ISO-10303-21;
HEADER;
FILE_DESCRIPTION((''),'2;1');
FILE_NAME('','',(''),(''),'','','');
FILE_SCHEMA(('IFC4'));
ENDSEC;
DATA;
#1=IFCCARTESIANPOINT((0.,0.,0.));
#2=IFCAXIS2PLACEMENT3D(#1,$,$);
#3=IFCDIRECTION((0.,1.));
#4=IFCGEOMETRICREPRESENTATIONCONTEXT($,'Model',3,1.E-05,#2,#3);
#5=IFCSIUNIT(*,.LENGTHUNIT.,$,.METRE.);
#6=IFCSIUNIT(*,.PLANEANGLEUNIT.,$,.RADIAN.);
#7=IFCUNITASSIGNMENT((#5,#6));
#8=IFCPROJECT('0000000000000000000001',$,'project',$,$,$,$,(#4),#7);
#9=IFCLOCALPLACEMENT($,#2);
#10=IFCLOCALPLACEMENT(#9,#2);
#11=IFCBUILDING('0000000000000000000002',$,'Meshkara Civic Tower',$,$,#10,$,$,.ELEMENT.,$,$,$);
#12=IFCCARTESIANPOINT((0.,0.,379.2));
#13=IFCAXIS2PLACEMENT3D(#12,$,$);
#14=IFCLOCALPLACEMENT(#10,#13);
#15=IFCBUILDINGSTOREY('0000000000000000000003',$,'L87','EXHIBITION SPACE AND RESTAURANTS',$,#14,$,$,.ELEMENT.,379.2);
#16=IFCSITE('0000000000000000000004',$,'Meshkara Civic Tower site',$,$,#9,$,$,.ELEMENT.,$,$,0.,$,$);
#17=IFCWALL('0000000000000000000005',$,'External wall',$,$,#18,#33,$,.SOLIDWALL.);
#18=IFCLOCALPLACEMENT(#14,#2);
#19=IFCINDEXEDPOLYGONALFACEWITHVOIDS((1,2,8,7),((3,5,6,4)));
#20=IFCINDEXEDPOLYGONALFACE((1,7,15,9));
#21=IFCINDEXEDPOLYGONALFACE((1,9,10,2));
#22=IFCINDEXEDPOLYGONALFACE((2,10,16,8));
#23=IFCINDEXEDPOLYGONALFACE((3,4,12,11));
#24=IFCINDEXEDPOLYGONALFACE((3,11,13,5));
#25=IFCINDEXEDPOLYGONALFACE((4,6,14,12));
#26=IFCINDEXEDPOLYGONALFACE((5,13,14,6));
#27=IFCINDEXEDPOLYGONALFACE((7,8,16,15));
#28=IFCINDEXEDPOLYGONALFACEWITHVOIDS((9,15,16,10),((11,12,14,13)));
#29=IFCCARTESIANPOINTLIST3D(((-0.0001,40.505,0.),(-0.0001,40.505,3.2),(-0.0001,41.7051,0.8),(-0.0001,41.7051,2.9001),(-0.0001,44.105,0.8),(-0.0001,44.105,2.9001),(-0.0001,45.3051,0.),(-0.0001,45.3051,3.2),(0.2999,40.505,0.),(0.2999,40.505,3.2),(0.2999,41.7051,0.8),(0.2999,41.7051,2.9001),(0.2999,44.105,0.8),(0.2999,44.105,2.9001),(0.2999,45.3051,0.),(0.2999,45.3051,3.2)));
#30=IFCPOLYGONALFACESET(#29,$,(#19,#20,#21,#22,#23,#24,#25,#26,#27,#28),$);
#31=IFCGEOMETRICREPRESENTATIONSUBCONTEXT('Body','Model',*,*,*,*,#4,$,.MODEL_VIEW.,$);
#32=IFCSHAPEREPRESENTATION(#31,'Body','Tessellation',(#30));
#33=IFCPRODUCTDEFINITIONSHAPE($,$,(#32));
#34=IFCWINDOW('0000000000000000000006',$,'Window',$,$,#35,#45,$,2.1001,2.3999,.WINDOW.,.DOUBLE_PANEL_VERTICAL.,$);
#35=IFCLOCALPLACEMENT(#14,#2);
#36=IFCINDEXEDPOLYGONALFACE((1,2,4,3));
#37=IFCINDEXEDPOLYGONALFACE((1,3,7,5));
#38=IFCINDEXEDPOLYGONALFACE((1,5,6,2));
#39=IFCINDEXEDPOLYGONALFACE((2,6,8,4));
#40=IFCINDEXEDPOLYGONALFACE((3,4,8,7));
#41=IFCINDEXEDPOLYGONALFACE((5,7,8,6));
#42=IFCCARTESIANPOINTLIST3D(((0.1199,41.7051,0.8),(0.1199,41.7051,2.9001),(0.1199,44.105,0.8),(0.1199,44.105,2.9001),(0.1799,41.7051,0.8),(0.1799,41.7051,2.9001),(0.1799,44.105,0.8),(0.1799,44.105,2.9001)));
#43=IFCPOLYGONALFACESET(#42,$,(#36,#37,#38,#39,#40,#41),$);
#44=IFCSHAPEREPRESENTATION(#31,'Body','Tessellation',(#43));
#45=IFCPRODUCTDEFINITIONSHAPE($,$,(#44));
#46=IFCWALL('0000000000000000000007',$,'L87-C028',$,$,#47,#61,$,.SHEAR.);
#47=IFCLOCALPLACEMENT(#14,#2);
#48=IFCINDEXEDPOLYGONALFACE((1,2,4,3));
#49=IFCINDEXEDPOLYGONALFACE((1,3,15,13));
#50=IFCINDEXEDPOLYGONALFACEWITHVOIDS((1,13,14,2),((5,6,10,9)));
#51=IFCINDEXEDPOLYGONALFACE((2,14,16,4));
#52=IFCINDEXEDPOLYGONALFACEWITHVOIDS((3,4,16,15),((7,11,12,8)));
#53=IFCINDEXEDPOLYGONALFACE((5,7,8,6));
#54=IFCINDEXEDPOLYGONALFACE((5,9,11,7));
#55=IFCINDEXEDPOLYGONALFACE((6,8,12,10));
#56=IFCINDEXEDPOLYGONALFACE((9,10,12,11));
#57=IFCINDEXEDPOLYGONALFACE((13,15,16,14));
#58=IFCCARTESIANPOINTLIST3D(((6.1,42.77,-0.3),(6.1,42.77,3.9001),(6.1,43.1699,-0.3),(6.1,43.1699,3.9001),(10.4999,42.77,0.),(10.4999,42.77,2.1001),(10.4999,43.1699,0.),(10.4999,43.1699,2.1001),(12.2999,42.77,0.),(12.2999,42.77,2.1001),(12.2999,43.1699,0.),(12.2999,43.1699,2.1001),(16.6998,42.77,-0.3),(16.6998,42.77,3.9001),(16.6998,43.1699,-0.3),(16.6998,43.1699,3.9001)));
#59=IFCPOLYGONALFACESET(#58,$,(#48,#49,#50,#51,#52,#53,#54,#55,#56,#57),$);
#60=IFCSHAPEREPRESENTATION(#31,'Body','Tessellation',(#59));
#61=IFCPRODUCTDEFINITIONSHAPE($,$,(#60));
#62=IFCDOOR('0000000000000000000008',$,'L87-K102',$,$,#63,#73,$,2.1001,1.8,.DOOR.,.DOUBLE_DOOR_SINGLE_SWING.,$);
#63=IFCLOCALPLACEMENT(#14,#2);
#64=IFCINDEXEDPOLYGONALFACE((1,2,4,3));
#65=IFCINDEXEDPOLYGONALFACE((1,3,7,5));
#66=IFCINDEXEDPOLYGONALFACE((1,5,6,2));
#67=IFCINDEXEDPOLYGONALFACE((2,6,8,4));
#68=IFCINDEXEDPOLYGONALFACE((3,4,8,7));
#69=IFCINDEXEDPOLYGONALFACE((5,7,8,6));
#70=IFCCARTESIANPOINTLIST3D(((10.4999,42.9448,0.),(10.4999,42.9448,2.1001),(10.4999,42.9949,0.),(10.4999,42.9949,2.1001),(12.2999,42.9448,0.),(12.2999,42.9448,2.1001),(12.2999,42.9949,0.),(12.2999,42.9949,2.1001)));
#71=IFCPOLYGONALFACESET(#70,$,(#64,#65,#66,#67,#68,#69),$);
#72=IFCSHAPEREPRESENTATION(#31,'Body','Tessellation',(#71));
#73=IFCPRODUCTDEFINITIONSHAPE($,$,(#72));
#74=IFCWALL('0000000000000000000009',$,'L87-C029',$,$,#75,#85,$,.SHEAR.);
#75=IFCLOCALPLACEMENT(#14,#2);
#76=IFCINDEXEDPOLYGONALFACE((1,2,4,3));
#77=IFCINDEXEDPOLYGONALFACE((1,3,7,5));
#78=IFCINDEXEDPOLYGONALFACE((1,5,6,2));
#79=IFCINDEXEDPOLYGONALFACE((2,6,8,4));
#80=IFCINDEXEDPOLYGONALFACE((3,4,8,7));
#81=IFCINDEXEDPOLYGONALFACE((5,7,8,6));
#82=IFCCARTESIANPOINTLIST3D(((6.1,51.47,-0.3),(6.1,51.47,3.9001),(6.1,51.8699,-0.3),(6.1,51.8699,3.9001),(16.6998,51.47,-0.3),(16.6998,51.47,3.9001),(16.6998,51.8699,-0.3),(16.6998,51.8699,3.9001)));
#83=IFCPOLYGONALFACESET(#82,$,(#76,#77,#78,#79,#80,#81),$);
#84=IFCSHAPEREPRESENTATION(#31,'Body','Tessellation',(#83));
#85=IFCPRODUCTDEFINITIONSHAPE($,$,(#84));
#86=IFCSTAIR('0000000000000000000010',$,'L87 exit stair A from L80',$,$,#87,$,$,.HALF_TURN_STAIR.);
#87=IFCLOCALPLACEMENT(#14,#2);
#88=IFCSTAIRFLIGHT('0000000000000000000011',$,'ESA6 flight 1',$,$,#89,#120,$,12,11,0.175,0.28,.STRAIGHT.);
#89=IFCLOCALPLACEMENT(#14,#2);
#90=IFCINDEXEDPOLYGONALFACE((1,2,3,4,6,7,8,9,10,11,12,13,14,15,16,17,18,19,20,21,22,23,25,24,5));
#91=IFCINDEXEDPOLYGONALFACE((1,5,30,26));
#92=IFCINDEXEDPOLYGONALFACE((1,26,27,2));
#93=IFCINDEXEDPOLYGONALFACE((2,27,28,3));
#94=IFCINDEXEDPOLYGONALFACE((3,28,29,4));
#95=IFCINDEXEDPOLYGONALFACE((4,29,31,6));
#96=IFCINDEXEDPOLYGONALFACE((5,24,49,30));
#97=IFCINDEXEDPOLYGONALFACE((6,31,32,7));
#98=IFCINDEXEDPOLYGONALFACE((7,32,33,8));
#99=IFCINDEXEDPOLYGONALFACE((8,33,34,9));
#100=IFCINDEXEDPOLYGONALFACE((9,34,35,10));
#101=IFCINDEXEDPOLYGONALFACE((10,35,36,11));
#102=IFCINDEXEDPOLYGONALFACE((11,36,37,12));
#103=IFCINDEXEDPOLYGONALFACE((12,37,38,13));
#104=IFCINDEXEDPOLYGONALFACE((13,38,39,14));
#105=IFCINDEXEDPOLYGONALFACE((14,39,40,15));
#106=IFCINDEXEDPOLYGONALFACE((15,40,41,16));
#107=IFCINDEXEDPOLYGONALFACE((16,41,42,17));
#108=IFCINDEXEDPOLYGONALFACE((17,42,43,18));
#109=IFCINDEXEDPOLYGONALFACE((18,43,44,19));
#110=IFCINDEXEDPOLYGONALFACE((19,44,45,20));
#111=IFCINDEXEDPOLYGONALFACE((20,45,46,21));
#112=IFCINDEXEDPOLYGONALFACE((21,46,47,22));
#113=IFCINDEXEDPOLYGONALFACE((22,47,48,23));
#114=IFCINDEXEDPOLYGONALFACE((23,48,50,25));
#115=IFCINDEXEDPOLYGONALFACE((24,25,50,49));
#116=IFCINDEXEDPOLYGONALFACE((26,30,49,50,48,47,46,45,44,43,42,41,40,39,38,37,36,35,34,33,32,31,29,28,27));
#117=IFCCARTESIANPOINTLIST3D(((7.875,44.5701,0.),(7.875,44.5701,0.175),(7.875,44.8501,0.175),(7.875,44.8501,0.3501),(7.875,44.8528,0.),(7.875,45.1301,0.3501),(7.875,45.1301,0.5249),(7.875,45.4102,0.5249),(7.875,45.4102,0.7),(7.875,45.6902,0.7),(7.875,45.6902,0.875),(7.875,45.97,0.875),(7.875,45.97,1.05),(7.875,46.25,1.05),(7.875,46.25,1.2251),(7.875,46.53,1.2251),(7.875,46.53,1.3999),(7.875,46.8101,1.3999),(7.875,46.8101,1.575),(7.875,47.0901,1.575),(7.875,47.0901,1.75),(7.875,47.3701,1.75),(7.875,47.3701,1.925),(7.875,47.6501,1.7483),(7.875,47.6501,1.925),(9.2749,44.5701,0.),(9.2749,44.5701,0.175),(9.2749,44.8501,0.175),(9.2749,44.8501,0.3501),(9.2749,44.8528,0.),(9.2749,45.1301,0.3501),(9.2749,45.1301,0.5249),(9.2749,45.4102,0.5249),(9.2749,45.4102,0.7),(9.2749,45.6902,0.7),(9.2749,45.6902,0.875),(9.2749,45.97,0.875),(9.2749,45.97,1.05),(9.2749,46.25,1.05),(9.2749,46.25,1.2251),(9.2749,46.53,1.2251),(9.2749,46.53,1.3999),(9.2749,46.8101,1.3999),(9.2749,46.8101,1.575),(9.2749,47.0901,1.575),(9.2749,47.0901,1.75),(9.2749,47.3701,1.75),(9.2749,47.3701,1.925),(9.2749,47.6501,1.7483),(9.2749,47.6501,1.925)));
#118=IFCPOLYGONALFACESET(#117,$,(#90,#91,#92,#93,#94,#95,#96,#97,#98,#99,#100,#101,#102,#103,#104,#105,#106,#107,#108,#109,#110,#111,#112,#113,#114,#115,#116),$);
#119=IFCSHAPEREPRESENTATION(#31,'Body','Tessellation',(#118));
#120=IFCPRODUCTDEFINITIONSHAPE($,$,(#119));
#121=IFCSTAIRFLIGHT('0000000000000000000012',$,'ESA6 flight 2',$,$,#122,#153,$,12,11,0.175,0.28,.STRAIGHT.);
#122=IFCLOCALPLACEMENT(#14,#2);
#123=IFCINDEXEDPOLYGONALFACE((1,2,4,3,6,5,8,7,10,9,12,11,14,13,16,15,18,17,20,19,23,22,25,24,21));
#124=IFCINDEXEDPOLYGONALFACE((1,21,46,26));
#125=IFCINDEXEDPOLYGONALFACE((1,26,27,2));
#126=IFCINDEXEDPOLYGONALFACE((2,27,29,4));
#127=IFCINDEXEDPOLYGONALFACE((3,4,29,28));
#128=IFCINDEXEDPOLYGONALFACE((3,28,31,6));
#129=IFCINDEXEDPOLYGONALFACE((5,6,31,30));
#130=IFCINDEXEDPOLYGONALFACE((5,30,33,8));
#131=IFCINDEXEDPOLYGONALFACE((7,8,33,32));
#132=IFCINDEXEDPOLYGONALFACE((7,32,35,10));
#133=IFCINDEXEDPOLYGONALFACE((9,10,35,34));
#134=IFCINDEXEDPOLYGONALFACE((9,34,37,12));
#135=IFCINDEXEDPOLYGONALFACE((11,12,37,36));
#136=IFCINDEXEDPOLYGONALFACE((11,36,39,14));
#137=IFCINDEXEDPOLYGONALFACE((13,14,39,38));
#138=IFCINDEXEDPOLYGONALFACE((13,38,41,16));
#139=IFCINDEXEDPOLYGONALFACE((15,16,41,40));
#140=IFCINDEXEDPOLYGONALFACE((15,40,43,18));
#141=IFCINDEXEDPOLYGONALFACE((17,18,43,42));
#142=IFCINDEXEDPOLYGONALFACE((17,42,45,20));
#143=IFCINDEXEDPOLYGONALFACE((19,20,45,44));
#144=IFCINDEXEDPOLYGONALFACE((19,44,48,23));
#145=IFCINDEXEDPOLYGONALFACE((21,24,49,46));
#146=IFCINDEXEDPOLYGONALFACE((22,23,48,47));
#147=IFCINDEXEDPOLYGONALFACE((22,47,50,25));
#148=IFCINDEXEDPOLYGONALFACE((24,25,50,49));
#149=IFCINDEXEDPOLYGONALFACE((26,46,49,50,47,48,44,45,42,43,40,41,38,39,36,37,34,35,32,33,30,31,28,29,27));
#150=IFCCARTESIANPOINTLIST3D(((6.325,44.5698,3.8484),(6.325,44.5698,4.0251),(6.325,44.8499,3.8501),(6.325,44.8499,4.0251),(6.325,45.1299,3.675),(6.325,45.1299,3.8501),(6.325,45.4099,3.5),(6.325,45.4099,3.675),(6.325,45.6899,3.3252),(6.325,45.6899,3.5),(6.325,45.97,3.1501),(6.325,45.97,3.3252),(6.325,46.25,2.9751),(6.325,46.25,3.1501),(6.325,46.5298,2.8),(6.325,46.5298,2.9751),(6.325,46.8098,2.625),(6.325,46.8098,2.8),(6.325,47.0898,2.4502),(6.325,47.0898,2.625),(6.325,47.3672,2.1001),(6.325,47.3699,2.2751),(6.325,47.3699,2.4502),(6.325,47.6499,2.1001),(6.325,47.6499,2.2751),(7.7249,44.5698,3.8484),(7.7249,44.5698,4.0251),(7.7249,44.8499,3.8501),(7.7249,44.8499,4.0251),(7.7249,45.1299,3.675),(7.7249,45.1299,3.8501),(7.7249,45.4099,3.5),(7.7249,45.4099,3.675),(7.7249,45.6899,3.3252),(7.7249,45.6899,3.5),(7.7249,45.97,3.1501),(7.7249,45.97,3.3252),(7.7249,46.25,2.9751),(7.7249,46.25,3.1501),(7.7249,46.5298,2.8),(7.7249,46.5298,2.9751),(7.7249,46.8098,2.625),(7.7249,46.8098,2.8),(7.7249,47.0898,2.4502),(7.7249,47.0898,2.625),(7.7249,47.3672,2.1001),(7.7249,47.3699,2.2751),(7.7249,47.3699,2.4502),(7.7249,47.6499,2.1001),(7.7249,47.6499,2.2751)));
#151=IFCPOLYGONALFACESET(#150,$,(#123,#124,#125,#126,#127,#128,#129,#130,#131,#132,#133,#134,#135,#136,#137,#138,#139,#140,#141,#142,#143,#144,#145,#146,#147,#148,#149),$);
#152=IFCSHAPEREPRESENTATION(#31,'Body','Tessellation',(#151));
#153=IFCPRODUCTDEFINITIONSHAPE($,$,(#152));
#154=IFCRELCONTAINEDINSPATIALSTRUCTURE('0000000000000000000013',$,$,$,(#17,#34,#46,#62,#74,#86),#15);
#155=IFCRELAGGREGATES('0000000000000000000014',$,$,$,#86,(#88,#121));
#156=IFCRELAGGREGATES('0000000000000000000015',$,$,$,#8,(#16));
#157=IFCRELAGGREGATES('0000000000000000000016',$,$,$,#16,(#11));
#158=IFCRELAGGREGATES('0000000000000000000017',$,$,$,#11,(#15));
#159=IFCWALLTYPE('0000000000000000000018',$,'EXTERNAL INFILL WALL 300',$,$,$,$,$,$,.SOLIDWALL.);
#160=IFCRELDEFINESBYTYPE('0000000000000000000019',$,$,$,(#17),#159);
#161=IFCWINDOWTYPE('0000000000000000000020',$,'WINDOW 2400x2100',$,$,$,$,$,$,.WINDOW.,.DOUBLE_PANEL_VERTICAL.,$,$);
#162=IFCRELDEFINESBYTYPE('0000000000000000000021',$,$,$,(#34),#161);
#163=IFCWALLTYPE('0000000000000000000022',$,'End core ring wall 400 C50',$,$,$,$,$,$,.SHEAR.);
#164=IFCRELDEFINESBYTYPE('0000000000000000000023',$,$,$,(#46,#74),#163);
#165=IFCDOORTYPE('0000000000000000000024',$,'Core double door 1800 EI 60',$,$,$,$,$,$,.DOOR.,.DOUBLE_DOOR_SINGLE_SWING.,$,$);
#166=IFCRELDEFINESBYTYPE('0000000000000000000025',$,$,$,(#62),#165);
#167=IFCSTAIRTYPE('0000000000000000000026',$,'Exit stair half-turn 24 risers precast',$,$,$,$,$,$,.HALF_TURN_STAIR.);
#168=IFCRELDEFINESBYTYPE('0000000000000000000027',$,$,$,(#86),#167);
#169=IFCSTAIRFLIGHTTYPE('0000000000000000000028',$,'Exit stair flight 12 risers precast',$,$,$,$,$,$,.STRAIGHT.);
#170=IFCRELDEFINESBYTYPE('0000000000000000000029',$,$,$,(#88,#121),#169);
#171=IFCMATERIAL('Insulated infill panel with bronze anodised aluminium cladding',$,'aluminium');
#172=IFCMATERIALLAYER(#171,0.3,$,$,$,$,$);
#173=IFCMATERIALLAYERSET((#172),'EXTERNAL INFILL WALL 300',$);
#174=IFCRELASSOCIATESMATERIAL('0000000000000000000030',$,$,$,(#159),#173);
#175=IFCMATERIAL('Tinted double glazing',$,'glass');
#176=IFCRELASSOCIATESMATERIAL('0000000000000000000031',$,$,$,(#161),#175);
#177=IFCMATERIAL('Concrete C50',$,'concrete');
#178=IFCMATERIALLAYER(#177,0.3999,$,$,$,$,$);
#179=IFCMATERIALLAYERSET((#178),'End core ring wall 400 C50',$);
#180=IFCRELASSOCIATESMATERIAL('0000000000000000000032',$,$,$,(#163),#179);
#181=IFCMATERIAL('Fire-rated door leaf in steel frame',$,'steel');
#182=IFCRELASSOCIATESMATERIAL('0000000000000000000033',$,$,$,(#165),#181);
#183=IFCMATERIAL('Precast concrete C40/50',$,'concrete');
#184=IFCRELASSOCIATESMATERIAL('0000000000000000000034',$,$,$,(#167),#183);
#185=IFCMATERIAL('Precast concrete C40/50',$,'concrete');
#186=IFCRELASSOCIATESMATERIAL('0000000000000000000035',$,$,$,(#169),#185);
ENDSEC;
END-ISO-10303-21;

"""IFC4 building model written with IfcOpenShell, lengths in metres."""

from ifc_helpers import new_model, si_unit, direction, frame, frame_2d, origin, place, context, subcontext, project, spatial, polyline, rectangle, outline, extrude, material, layer, layer_set, type_object, element, fill, aggregate, save


model = new_model("IFC4")

# Units and contexts
model_context = context("Model", 3, precision=1e-05, world=origin(), true_north=direction((0.0, 1.0)))
body_context = subcontext(model_context, "Body", "Model", "MODEL_VIEW")
ifc_project = project(units=[si_unit("LENGTHUNIT", "METRE"), si_unit("PLANEANGLEUNIT", "RADIAN")], contexts=[model_context])

# Site, building, storey
site_placement = place(None, origin())
site = spatial("IfcSite", under=ifc_project, at=site_placement, Name="Meshkara Civic Tower site", CompositionType="ELEMENT", RefElevation=0.0)
building_placement = place(site_placement, origin())
building = spatial("IfcBuilding", under=site, at=building_placement, Name="Meshkara Civic Tower", CompositionType="ELEMENT")
storey_placement = place(building_placement, frame((0.0, 0.0, 379.2)))
storey = spatial("IfcBuildingStorey", under=building, at=storey_placement, Name="L87", Description="EXHIBITION SPACE AND RESTAURANTS", CompositionType="ELEMENT", Elevation=379.2)

# Wall, opening, window
ifc_material_1 = material(Name="Insulated infill panel with bronze anodised aluminium cladding", Category="aluminium")
ifc_layer_1 = layer(ifc_material_1, 0.3)
ifc_layer_set_1 = layer_set([ifc_layer_1], Name="EXTERNAL INFILL WALL 300")
wall_type_1 = type_object("IfcWallType", Name="EXTERNAL INFILL WALL 300", PredefinedType="SOLIDWALL", material=ifc_layer_set_1)
ifc_material_2 = material(Name="Tinted double glazing", Category="glass")
window_type = type_object("IfcWindowType", Name="WINDOW 2400x2100", PartitioningType="DOUBLE_PANEL_VERTICAL", PredefinedType="WINDOW", material=ifc_material_2)
wall_1_placement = place(storey_placement, frame((0.1499, 45.3049, 0.0), z_axis=(0.0, 0.0, 1.0), x_axis=(0.0, -1.0, 0.0)))
wall_1 = element("IfcWall", 1, at=wall_1_placement, inside=storey, type_object=wall_type_1, Name="External wall", PredefinedType="SOLIDWALL", context=body_context, shape_type="SweptSolid", body=[
    extrude(rectangle(XDim=4.8, YDim=0.3, at=frame_2d((2.3999, 0.0))), origin(), (0.0, 0.0, 1.0), 3.2),
])
opening_1_placement = place(wall_1_placement, frame((1.2, 0.0, 0.8)))
opening_1 = element("IfcOpeningElement", 2, at=opening_1_placement, cuts=wall_1, PredefinedType="OPENING", context=body_context, shape_type="SweptSolid", body=[
    extrude(rectangle(XDim=2.3999, YDim=2.1001, at=frame_2d((1.2, 1.05))), frame((0.0, 0.1599, 0.0), z_axis=(0.0, -1.0, 0.0), x_axis=(1.0, 0.0, 0.0)), (0.0, 0.0, 1.0), 0.3201),
])
window_1_placement = place(opening_1_placement, origin())
window_1 = element("IfcWindow", 3, at=window_1_placement, inside=storey, type_object=window_type, Name="Window", OverallHeight=2.1001, OverallWidth=2.3999, PartitioningType="DOUBLE_PANEL_VERTICAL", PredefinedType="WINDOW", context=body_context, shape_type="SweptSolid", body=[
    extrude(rectangle(XDim=2.3999, YDim=2.1001, at=frame_2d((1.2, 1.05))), frame((0.0, 0.03, 0.0), z_axis=(0.0, -1.0, 0.0), x_axis=(1.0, 0.0, 0.0)), (0.0, 0.0, 1.0), 0.0601),
])
fill(opening_1, window_1)

# Wall, opening, door
ifc_material_3 = material(Name="Concrete C50", Category="concrete")
ifc_layer_2 = layer(ifc_material_3, 0.3999)
ifc_layer_set_2 = layer_set([ifc_layer_2], Name="End core ring wall 400 C50")
wall_type_2 = type_object("IfcWallType", Name="End core ring wall 400 C50", PredefinedType="SHEAR", material=ifc_layer_set_2)
wall_2_placement = place(storey_placement, frame((6.1001, 42.97, -0.3), z_axis=(0.0, 0.0, 1.0), x_axis=(1.0, 0.0, 0.0)))
wall_2 = element("IfcWall", 4, at=wall_2_placement, inside=storey, type_object=wall_type_2, Name="L87-C028", PredefinedType="SHEAR", context=body_context, shape_type="SweptSolid", body=[
    extrude(rectangle(XDim=10.5999, YDim=0.3999, at=frame_2d((5.2998, 0.0))), origin(), (0.0, 0.0, 1.0), 4.2002),
])
opening_2_placement = place(wall_2_placement, frame((4.3999, 0.0, 0.3)))
opening_2 = element("IfcOpeningElement", 5, at=opening_2_placement, cuts=wall_2, PredefinedType="OPENING", context=body_context, shape_type="SweptSolid", body=[
    extrude(rectangle(XDim=1.8, YDim=2.1001, at=frame_2d((0.8999, 1.05))), frame((0.0, 0.21, 0.0), z_axis=(0.0, -1.0, 0.0), x_axis=(1.0, 0.0, 0.0)), (0.0, 0.0, 1.0), 0.4199),
])
ifc_material_4 = material(Name="Fire-rated door leaf in steel frame", Category="steel")
door_type = type_object("IfcDoorType", Name="Core double door 1800 EI 60", OperationType="DOUBLE_DOOR_SINGLE_SWING", PredefinedType="DOOR", material=ifc_material_4)
door_placement = place(opening_2_placement, origin())
door = element("IfcDoor", 6, at=door_placement, inside=storey, type_object=door_type, Name="L87-K102", OperationType="DOUBLE_DOOR_SINGLE_SWING", OverallHeight=2.1001, OverallWidth=1.8, PredefinedType="DOOR", context=body_context, shape_type="SweptSolid", body=[
    extrude(rectangle(XDim=1.8, YDim=2.1001, at=frame_2d((0.8999, 1.05))), frame((0.0, 0.0249, 0.0), z_axis=(0.0, -1.0, 0.0), x_axis=(1.0, 0.0, 0.0)), (0.0, 0.0, 1.0), 0.05),
])
fill(opening_2, door)

# Wall
wall_3_placement = place(storey_placement, frame((6.1001, 51.6699, -0.3), z_axis=(0.0, 0.0, 1.0), x_axis=(1.0, 0.0, 0.0)))
element("IfcWall", 7, at=wall_3_placement, inside=storey, type_object=wall_type_2, Name="L87-C029", PredefinedType="SHEAR", context=body_context, shape_type="SweptSolid", body=[
    extrude(rectangle(XDim=10.5999, YDim=0.3999, at=frame_2d((5.2998, 0.0))), origin(), (0.0, 0.0, 1.0), 4.2002),
])

# Stair, stair flights
ifc_material_5 = material(Name="Precast concrete C40/50", Category="concrete")
stair_type = type_object("IfcStairType", Name="Exit stair half-turn 24 risers precast", PredefinedType="HALF_TURN_STAIR", material=ifc_material_5)
stair_placement = place(storey_placement, origin())
stair = element("IfcStair", 8, at=stair_placement, inside=storey, type_object=stair_type, Name="L87 exit stair A from L80", PredefinedType="HALF_TURN_STAIR")
ifc_material_6 = material(Name="Precast concrete C40/50", Category="concrete")
stair_flight_type = type_object("IfcStairFlightType", Name="Exit stair flight 12 risers precast", PredefinedType="STRAIGHT", material=ifc_material_6)
stair_flight_1_placement = place(storey_placement, frame((8.575, 44.5701, 0.0), z_axis=(0.0, 0.0, 1.0), x_axis=(0.0, 1.0, 0.0)))
stair_flight_1 = element("IfcStairFlight", 9, at=stair_flight_1_placement, type_object=stair_flight_type, Name="ESA6 flight 1", NumberOfRisers=12, NumberOfTreads=11, PredefinedType="STRAIGHT", RiserHeight=0.175, TreadLength=0.28, context=body_context, shape_type="SweptSolid", body=[
    extrude(outline(polyline([(0.0, 0.0), (0.0, 0.175), (0.28, 0.175), (0.28, 0.3501), (0.5601, 0.3501), (0.5601, 0.5249), (0.8401, 0.5249), (0.8401, 0.7), (1.1201, 0.7), (1.1201, 0.875), (1.3999, 0.875), (1.3999, 1.05), (1.6799, 1.05), (1.6799, 1.2251), (1.96, 1.2251), (1.96, 1.3999), (2.24, 1.3999), (2.24, 1.575), (2.52, 1.575), (2.52, 1.75), (2.8, 1.75), (2.8, 1.925), (3.0801, 1.925), (3.0801, 2.1001), (3.0801, 1.7483), (0.2827, 0.0), (0.0, 0.0)])), frame((0.0, 0.7, 0.0), z_axis=(0.0, -1.0, 0.0), x_axis=(1.0, 0.0, 0.0)), (0.0, 0.0, 1.0), 1.3999),
])
stair_flight_2_placement = place(storey_placement, frame((7.0249, 47.6499, 2.1001), z_axis=(0.0, 0.0, 1.0), x_axis=(0.0, -1.0, 0.0)))
stair_flight_2 = element("IfcStairFlight", 10, at=stair_flight_2_placement, type_object=stair_flight_type, Name="ESA6 flight 2", NumberOfRisers=12, NumberOfTreads=11, PredefinedType="STRAIGHT", RiserHeight=0.175, TreadLength=0.28, context=body_context, shape_type="SweptSolid", body=[
    extrude(outline(polyline([(0.0, 0.0), (0.0, 0.175), (0.28, 0.175), (0.28, 0.3501), (0.5601, 0.3501), (0.5601, 0.5249), (0.8401, 0.5249), (0.8401, 0.7), (1.1201, 0.7), (1.1201, 0.875), (1.3999, 0.875), (1.3999, 1.05), (1.6799, 1.05), (1.6799, 1.2251), (1.96, 1.2251), (1.96, 1.3999), (2.24, 1.3999), (2.24, 1.575), (2.52, 1.575), (2.52, 1.75), (2.8, 1.75), (2.8, 1.925), (3.0801, 1.925), (3.0801, 2.1001), (3.0801, 1.7483), (0.2827, 0.0), (0.0, 0.0)])), frame((0.0, 0.7, 0.0), z_axis=(0.0, -1.0, 0.0), x_axis=(1.0, 0.0, 0.0)), (0.0, 0.0, 1.0), 1.3999),
])
aggregate(stair, [stair_flight_1, stair_flight_2])

save(model, "model.ifc")
